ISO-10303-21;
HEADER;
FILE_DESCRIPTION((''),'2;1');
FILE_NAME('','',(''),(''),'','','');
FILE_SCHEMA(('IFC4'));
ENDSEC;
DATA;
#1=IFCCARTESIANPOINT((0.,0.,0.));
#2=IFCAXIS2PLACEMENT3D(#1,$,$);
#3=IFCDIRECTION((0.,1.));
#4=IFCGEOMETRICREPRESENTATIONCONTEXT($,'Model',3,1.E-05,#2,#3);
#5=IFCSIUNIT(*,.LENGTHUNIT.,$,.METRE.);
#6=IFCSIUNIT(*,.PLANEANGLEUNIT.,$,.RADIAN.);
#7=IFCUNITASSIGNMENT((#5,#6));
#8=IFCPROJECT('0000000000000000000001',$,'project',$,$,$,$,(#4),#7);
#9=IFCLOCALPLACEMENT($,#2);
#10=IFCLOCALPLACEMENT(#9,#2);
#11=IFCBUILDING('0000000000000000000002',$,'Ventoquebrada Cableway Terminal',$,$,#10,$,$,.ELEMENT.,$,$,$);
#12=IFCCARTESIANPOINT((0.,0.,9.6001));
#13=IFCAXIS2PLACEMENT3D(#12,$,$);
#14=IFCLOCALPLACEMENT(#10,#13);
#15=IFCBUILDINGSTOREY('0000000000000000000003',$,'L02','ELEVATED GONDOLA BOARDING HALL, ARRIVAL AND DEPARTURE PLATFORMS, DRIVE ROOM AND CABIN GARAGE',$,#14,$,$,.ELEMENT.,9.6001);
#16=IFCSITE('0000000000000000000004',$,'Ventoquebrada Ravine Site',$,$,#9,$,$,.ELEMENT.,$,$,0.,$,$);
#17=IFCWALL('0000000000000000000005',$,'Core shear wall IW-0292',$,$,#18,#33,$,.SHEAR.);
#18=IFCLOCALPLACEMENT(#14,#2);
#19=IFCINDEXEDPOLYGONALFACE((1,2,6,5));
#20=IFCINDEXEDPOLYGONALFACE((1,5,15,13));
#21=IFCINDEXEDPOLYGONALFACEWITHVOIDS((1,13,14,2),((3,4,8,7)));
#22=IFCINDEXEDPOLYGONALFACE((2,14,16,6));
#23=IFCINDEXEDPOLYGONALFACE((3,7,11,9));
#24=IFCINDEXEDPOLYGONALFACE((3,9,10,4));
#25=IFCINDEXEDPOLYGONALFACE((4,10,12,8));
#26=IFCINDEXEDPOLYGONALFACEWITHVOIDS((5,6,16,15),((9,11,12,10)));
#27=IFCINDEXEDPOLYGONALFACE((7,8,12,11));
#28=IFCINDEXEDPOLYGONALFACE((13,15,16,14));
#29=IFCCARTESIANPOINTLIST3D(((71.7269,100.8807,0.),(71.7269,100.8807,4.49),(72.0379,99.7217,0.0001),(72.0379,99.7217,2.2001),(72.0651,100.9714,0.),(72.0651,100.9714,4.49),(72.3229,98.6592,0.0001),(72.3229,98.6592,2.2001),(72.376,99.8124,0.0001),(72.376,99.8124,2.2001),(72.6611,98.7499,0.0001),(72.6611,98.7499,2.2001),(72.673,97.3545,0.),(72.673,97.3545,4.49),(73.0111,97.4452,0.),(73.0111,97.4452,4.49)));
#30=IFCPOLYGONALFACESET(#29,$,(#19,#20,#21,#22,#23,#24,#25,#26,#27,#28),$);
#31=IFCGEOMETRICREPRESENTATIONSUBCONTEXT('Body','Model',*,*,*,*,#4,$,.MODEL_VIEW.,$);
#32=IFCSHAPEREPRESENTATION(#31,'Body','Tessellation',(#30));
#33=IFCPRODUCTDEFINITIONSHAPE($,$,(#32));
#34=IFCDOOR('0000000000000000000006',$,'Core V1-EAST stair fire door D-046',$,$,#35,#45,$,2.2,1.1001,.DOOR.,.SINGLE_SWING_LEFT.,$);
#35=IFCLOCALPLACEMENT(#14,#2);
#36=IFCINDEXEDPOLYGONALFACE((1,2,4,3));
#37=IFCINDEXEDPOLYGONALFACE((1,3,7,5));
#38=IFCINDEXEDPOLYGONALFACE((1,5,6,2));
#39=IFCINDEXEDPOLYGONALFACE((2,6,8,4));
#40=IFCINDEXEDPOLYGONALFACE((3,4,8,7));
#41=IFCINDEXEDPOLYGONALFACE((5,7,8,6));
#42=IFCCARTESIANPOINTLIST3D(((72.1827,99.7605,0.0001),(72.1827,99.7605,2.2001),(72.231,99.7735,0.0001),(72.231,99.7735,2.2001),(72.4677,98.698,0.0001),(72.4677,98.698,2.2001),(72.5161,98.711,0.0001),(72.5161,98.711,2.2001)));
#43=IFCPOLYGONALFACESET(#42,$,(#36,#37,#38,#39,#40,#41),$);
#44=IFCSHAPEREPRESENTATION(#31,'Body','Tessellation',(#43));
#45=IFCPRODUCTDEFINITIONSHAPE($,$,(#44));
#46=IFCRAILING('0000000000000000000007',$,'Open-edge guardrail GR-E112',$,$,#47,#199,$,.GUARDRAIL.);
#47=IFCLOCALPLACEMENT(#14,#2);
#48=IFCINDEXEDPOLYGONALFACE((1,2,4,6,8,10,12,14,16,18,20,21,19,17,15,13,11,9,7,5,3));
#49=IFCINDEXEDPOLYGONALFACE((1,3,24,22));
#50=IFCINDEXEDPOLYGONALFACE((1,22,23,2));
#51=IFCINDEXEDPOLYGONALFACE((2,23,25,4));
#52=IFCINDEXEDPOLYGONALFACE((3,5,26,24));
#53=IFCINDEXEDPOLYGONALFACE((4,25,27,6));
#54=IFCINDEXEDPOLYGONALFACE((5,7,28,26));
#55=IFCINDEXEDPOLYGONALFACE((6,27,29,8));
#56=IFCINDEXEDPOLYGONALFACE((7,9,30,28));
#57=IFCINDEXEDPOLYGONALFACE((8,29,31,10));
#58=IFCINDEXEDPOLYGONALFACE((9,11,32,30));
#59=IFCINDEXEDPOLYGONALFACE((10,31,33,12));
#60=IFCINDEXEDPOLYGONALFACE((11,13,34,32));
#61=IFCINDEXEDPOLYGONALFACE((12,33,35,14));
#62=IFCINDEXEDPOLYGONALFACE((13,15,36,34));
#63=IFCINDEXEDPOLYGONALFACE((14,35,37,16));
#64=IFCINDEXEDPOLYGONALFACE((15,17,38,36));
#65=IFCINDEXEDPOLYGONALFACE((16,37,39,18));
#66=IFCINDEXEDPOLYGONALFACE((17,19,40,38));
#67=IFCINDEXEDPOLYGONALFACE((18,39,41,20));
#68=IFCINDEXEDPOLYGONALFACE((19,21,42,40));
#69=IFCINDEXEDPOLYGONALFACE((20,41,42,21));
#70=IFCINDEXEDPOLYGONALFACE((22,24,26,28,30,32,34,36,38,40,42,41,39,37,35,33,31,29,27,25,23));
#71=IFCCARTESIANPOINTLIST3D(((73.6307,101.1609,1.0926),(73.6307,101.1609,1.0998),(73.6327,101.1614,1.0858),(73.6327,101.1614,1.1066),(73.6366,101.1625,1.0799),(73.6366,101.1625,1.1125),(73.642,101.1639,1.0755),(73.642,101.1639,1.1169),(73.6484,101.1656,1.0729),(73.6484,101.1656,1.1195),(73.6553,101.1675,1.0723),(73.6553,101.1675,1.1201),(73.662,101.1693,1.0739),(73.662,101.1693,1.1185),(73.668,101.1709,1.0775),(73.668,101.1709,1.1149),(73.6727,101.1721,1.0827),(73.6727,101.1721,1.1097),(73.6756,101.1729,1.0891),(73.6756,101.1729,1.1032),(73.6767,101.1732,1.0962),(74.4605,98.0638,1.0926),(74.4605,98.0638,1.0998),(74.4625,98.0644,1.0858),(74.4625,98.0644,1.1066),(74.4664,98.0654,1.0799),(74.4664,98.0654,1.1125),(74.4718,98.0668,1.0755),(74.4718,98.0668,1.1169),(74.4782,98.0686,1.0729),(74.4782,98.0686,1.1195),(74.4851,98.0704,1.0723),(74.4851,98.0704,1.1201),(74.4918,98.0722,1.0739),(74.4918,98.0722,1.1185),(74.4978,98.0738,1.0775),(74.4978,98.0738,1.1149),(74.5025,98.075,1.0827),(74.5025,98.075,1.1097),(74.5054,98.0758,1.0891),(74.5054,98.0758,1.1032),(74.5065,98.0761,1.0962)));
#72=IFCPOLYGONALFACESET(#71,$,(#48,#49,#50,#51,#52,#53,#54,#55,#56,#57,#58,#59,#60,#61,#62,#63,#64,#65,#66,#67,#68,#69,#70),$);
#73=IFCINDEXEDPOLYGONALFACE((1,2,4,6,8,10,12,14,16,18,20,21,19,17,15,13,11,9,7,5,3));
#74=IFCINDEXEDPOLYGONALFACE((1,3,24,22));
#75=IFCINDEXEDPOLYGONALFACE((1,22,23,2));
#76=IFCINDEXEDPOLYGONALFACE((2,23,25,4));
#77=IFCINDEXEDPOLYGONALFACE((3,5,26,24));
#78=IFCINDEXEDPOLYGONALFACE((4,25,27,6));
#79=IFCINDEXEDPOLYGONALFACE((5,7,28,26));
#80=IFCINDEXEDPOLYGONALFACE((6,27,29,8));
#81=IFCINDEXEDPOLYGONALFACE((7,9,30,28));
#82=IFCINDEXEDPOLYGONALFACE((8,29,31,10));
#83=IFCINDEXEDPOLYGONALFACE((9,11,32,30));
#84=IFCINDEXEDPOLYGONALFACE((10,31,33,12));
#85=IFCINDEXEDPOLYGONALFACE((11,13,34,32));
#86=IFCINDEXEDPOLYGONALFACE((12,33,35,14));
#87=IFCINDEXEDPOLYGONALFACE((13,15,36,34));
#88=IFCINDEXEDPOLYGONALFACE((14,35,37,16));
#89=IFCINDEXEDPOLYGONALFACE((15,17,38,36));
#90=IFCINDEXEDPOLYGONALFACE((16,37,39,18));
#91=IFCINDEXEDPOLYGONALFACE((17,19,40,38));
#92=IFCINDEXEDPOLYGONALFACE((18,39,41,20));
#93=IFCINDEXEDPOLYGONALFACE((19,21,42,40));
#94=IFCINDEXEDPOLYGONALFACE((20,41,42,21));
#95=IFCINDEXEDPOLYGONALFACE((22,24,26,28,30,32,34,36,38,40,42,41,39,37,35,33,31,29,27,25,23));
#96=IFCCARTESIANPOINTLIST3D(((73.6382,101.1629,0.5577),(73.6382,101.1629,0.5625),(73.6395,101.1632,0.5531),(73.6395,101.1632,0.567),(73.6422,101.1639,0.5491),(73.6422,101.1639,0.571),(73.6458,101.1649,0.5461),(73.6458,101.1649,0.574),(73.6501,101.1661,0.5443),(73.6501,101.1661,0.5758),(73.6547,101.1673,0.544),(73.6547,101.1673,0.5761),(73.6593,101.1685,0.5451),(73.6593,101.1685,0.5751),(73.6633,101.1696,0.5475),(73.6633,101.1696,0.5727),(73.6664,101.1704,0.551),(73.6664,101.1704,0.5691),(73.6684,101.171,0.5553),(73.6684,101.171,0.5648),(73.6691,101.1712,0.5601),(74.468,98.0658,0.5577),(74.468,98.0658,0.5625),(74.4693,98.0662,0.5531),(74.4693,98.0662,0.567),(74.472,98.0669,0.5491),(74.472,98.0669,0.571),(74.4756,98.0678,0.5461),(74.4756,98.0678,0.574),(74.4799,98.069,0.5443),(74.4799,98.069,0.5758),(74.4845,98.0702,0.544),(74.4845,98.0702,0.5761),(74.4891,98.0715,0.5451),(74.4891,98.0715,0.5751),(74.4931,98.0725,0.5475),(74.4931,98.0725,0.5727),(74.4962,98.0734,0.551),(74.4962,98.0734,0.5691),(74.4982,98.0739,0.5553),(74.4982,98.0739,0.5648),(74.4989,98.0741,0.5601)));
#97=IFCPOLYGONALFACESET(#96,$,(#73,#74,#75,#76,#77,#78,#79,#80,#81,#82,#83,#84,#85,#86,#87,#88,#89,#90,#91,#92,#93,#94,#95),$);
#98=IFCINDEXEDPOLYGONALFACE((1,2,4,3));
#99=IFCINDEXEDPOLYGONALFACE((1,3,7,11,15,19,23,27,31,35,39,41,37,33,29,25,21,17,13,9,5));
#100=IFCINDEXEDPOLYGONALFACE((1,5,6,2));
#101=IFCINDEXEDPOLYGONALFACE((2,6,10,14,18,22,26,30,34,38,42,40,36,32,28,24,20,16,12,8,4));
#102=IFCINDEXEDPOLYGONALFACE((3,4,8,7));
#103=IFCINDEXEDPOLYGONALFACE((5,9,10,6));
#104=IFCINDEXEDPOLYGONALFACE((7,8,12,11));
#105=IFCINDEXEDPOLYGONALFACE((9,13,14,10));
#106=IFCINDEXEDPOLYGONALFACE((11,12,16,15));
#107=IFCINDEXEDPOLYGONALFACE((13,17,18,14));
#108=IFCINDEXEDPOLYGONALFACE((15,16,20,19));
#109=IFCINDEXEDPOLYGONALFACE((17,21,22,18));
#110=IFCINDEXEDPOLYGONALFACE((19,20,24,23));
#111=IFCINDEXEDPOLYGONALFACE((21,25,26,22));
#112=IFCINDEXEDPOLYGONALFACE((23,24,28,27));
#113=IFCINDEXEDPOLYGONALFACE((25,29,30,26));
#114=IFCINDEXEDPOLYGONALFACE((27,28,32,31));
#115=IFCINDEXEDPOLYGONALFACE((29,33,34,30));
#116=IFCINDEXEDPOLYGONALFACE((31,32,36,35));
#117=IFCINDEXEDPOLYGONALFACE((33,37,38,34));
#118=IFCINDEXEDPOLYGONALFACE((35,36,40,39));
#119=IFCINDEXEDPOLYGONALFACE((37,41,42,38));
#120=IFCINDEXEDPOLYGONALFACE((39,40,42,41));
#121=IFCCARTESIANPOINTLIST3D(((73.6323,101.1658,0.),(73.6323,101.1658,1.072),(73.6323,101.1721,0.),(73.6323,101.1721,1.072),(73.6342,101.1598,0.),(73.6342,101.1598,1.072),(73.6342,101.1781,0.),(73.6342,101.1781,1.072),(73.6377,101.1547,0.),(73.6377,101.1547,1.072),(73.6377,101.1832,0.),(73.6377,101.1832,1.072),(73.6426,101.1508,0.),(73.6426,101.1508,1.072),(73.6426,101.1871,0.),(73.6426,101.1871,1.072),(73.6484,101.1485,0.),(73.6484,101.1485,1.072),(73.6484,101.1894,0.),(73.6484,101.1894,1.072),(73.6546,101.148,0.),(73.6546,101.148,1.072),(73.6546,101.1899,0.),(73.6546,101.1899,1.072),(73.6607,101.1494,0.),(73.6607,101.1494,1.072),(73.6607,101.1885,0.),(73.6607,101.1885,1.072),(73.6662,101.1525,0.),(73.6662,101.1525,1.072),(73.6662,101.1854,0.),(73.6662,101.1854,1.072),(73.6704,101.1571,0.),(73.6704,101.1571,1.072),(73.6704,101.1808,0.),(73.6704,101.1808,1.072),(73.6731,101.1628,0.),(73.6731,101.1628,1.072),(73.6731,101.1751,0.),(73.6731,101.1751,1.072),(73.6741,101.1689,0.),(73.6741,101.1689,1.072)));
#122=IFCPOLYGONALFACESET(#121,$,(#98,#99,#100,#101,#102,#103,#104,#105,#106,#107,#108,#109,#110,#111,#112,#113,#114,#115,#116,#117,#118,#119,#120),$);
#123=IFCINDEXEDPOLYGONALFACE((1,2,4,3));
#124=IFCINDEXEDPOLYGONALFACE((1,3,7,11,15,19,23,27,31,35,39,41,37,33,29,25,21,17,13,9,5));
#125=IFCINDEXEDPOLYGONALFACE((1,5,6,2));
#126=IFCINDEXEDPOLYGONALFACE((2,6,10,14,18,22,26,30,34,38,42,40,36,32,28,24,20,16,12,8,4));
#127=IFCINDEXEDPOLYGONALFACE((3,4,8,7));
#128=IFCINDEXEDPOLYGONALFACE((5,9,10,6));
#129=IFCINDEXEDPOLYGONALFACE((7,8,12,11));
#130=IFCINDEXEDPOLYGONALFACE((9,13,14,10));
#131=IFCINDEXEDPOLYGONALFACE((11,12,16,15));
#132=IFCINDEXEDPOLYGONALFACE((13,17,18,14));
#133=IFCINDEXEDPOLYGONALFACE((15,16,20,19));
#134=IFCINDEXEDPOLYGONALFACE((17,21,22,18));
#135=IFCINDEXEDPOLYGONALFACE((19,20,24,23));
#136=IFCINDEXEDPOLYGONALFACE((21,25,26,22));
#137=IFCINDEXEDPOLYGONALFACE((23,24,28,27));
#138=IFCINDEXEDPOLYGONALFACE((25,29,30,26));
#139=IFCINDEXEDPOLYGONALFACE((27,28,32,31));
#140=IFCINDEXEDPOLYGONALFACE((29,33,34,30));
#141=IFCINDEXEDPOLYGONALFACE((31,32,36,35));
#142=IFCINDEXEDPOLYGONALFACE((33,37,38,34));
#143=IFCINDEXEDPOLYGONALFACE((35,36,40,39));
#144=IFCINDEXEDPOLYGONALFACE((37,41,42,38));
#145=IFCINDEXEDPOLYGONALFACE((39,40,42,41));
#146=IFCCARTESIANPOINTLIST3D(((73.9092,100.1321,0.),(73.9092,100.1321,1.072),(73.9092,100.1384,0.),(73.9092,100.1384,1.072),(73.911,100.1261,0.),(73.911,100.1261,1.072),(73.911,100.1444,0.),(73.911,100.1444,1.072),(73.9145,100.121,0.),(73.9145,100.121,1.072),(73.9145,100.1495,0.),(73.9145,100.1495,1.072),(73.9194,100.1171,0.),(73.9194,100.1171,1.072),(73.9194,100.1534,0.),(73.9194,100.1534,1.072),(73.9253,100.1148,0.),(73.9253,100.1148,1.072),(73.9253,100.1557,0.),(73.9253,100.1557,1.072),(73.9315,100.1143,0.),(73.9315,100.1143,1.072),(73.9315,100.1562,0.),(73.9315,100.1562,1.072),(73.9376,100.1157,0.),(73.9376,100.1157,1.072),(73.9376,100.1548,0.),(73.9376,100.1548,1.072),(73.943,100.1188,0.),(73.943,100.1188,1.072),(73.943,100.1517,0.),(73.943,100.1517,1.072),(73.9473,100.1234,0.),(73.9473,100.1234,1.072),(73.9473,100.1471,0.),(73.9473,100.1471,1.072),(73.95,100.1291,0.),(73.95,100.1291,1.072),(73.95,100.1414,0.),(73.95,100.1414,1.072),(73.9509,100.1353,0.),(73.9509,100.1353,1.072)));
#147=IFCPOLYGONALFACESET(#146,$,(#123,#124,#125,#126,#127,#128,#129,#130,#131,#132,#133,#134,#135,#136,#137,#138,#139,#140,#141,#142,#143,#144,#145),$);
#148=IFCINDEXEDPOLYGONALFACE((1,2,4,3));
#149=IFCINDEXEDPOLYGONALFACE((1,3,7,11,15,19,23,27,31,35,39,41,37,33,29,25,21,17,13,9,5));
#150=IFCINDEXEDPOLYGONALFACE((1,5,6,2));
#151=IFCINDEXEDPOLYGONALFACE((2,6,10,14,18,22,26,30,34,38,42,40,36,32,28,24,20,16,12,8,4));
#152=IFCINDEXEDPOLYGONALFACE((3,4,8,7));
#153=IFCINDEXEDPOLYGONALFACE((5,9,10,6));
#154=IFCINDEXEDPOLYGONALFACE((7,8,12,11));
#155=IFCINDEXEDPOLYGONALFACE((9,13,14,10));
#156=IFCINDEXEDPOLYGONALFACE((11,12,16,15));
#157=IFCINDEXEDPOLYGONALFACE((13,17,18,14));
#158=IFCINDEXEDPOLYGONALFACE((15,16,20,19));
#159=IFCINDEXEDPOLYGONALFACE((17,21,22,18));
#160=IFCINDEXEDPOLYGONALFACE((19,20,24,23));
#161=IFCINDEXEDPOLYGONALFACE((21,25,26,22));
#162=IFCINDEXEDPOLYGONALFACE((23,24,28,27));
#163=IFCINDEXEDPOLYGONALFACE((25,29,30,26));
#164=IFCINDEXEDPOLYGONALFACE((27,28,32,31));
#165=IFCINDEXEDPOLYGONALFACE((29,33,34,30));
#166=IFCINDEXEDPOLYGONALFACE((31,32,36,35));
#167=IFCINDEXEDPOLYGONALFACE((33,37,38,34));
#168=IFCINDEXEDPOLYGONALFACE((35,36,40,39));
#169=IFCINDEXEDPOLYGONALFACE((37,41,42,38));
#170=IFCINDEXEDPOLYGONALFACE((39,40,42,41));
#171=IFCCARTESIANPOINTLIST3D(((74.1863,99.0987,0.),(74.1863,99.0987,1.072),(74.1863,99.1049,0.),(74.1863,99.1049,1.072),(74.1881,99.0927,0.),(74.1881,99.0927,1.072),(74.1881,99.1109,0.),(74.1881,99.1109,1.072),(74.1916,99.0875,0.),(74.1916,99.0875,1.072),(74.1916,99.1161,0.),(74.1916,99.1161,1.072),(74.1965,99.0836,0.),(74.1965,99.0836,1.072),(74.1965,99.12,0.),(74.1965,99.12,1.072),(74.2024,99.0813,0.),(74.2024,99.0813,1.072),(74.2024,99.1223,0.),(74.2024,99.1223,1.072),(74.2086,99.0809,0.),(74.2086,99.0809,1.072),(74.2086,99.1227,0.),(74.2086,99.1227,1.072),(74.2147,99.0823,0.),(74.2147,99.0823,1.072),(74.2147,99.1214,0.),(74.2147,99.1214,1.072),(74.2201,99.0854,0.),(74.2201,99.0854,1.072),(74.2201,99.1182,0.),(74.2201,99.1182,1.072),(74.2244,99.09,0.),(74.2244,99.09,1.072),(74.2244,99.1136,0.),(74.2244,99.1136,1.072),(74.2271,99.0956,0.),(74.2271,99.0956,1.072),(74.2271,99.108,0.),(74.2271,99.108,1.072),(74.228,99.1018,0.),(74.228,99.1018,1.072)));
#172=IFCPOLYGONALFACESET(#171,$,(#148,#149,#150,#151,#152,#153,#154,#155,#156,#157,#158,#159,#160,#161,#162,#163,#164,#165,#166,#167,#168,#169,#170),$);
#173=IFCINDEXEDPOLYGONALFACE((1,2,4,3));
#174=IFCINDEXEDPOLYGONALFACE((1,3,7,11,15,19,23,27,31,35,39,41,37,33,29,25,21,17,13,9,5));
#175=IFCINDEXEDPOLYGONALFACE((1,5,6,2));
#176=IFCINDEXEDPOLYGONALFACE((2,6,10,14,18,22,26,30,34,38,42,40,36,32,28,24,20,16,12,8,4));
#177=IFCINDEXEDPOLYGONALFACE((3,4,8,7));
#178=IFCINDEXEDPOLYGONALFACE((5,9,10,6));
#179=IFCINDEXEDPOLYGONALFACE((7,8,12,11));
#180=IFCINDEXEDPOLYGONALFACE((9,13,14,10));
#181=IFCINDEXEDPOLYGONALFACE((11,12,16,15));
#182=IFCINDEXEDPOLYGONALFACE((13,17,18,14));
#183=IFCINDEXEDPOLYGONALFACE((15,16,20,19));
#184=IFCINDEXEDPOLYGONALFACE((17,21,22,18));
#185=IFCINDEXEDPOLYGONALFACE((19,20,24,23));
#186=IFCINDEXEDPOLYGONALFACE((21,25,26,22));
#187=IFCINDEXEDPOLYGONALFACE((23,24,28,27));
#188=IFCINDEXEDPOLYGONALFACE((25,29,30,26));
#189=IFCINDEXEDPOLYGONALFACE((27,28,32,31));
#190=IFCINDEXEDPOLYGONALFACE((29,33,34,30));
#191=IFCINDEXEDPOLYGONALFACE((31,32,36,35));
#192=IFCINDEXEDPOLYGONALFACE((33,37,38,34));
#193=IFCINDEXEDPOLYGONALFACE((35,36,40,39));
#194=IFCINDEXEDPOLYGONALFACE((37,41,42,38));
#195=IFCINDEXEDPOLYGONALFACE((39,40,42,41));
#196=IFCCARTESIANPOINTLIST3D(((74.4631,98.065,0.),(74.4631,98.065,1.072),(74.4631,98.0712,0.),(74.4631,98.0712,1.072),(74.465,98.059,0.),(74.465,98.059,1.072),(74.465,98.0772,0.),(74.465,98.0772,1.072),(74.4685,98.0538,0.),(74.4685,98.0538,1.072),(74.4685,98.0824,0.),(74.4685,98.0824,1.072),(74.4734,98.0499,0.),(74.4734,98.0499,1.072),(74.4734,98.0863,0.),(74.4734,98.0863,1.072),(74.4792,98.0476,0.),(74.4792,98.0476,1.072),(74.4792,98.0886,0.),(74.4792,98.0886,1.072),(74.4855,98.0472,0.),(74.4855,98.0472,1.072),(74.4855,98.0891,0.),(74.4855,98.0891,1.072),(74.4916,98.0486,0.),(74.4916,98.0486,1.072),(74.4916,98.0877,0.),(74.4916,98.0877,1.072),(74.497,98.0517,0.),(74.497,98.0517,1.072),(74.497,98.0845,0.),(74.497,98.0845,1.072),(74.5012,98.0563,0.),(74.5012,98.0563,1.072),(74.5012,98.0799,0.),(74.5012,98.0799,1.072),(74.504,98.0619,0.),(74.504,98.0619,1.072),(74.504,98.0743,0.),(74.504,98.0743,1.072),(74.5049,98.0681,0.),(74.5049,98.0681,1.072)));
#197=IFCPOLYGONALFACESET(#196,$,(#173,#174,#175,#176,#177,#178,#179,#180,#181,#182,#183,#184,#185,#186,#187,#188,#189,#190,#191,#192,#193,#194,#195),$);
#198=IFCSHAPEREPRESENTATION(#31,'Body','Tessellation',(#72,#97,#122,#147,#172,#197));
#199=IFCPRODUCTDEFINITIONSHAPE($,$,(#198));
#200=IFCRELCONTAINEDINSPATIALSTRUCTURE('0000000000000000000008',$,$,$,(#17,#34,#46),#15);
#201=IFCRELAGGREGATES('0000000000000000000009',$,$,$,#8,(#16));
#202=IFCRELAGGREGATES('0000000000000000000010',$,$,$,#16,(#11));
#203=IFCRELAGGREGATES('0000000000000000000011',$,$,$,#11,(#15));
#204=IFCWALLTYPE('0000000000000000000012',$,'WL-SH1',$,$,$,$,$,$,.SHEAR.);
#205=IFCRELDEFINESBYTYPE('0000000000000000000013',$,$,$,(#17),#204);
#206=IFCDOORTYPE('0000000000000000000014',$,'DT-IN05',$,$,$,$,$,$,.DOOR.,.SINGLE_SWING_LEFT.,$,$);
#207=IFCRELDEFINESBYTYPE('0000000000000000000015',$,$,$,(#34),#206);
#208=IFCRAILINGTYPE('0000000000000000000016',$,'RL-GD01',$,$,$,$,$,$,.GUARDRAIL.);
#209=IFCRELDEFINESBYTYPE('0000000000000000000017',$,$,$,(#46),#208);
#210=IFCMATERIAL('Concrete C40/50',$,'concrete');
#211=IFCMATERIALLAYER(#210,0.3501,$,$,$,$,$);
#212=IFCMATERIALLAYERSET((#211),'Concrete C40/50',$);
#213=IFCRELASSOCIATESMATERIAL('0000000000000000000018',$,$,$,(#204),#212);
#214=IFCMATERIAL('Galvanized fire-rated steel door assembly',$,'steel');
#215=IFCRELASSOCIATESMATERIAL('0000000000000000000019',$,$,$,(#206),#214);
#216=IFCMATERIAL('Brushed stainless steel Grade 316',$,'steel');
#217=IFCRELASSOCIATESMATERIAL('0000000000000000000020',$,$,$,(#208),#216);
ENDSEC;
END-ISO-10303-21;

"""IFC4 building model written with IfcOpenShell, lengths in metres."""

from ifc_helpers import new_model, si_unit, direction, frame, frame_2d, origin, origin_2d, place, context, subcontext, project, spatial, rectangle, circle, extrude, material, layer, layer_set, type_object, element, fill, save


model = new_model("IFC4")

# Units and contexts
model_context = context("Model", 3, precision=1e-05, world=origin(), true_north=direction((0.0, 1.0)))
body_context = subcontext(model_context, "Body", "Model", "MODEL_VIEW")
ifc_project = project(units=[si_unit("LENGTHUNIT", "METRE"), si_unit("PLANEANGLEUNIT", "RADIAN")], contexts=[model_context])

# Site, building, storey
site_placement = place(None, origin())
site = spatial("IfcSite", under=ifc_project, at=site_placement, Name="Ventoquebrada Ravine Site", CompositionType="ELEMENT", RefElevation=0.0)
building_placement = place(site_placement, origin())
building = spatial("IfcBuilding", under=site, at=building_placement, Name="Ventoquebrada Cableway Terminal", CompositionType="ELEMENT")
storey_placement = place(building_placement, frame((0.0, 0.0, 9.6001)))
storey = spatial("IfcBuildingStorey", under=building, at=storey_placement, Name="L02", Description="ELEVATED GONDOLA BOARDING HALL, ARRIVAL AND DEPARTURE PLATFORMS, DRIVE ROOM AND CABIN GARAGE", CompositionType="ELEMENT", Elevation=9.6001)

# Shared definitions
ifc_material_1 = material(Name="Concrete C40/50", Category="concrete")
ifc_layer_1 = layer(ifc_material_1, 0.3501)
ifc_layer_set_1 = layer_set([ifc_layer_1], Name="Concrete C40/50")
wall_type = type_object("IfcWallType", Name="WL-SH1", PredefinedType="SHEAR", material=ifc_layer_set_1)

# Wall, opening, door
wall_1_placement = place(storey_placement, frame((71.896, 100.926, 0.0), z_axis=(0.0, 0.0, 1.0), x_axis=(0.259132, -0.965842, 0.0)))
wall_1 = element("IfcWall", 1, at=wall_1_placement, inside=storey, type_object=wall_type, Name="Core shear wall IW-0292", PredefinedType="SHEAR", context=body_context, shape_type="SweptSolid", body=[
    extrude(rectangle(XDim=3.6509, YDim=0.3501, at=frame_2d((1.8254, 0.0))), origin(), (0.0, 0.0, 1.0), 4.49),
])
opening_placement = place(wall_1_placement, frame((1.2, 0.0, 0.0)))
opening = element("IfcOpeningElement", 2, at=opening_placement, cuts=wall_1, PredefinedType="OPENING", context=body_context, shape_type="SweptSolid", body=[
    extrude(rectangle(XDim=1.1001, YDim=2.2, at=frame_2d((0.55, 1.1001))), frame((0.0, 0.1851, 0.0), z_axis=(0.0, -1.0, 0.0), x_axis=(1.0, 0.0, 0.0)), (0.0, 0.0, 1.0), 0.3701),
])
ifc_material_2 = material(Name="Galvanized fire-rated steel door assembly", Category="steel")
door_type = type_object("IfcDoorType", Name="DT-IN05", OperationType="SINGLE_SWING_LEFT", PredefinedType="DOOR", material=ifc_material_2)
door_placement = place(opening_placement, origin())
door = element("IfcDoor", 3, at=door_placement, inside=storey, type_object=door_type, Name="Core V1-EAST stair fire door D-046", OperationType="SINGLE_SWING_LEFT", OverallHeight=2.2, OverallWidth=1.1001, PredefinedType="DOOR", context=body_context, shape_type="SweptSolid", body=[
    extrude(rectangle(XDim=1.1001, YDim=2.2, at=frame_2d((0.55, 1.1001))), frame((0.0, 0.0249, 0.0), z_axis=(0.0, -1.0, 0.0), x_axis=(1.0, 0.0, 0.0)), (0.0, 0.0, 1.0), 0.05),
])
fill(opening, door)

# Railing
ifc_material_3 = material(Name="Brushed stainless steel Grade 316", Category="steel")
railing_type = type_object("IfcRailingType", Name="RL-GD01", PredefinedType="GUARDRAIL", material=ifc_material_3)
railing_placement = place(storey_placement, frame((73.6531, 101.1689, 0.0)))
element("IfcRailing", 4, at=railing_placement, inside=storey, type_object=railing_type, Name="Open-edge guardrail GR-E112", PredefinedType="GUARDRAIL", context=body_context, shape_type="SweptSolid", body=[
    extrude(circle(Radius=0.0239, at=origin_2d()), frame((0.0005, -0.002, 1.0962), z_axis=(0.258803, -0.96593, 0.0), x_axis=(0.96593, 0.258803, 0.0)), (0.0, 0.0, 1.0), 3.2063),
    extrude(circle(Radius=0.0161, at=origin_2d()), frame((0.0005, -0.002, 0.5601), z_axis=(0.258803, -0.96593, 0.0), x_axis=(0.96593, 0.258803, 0.0)), (0.0, 0.0, 1.0), 3.2063),
    extrude(circle(Radius=0.021, at=origin_2d()), origin(), (0.0, 0.0, 1.0), 1.072),
    extrude(circle(Radius=0.021, at=origin_2d()), frame((0.2769, -1.0337, 0.0)), (0.0, 0.0, 1.0), 1.072),
    extrude(circle(Radius=0.021, at=origin_2d()), frame((0.554, -2.0671, 0.0)), (0.0, 0.0, 1.0), 1.072),
    extrude(circle(Radius=0.021, at=origin_2d()), frame((0.8308, -3.1008, 0.0)), (0.0, 0.0, 1.0), 1.072),
])

save(model, "model.ifc")
